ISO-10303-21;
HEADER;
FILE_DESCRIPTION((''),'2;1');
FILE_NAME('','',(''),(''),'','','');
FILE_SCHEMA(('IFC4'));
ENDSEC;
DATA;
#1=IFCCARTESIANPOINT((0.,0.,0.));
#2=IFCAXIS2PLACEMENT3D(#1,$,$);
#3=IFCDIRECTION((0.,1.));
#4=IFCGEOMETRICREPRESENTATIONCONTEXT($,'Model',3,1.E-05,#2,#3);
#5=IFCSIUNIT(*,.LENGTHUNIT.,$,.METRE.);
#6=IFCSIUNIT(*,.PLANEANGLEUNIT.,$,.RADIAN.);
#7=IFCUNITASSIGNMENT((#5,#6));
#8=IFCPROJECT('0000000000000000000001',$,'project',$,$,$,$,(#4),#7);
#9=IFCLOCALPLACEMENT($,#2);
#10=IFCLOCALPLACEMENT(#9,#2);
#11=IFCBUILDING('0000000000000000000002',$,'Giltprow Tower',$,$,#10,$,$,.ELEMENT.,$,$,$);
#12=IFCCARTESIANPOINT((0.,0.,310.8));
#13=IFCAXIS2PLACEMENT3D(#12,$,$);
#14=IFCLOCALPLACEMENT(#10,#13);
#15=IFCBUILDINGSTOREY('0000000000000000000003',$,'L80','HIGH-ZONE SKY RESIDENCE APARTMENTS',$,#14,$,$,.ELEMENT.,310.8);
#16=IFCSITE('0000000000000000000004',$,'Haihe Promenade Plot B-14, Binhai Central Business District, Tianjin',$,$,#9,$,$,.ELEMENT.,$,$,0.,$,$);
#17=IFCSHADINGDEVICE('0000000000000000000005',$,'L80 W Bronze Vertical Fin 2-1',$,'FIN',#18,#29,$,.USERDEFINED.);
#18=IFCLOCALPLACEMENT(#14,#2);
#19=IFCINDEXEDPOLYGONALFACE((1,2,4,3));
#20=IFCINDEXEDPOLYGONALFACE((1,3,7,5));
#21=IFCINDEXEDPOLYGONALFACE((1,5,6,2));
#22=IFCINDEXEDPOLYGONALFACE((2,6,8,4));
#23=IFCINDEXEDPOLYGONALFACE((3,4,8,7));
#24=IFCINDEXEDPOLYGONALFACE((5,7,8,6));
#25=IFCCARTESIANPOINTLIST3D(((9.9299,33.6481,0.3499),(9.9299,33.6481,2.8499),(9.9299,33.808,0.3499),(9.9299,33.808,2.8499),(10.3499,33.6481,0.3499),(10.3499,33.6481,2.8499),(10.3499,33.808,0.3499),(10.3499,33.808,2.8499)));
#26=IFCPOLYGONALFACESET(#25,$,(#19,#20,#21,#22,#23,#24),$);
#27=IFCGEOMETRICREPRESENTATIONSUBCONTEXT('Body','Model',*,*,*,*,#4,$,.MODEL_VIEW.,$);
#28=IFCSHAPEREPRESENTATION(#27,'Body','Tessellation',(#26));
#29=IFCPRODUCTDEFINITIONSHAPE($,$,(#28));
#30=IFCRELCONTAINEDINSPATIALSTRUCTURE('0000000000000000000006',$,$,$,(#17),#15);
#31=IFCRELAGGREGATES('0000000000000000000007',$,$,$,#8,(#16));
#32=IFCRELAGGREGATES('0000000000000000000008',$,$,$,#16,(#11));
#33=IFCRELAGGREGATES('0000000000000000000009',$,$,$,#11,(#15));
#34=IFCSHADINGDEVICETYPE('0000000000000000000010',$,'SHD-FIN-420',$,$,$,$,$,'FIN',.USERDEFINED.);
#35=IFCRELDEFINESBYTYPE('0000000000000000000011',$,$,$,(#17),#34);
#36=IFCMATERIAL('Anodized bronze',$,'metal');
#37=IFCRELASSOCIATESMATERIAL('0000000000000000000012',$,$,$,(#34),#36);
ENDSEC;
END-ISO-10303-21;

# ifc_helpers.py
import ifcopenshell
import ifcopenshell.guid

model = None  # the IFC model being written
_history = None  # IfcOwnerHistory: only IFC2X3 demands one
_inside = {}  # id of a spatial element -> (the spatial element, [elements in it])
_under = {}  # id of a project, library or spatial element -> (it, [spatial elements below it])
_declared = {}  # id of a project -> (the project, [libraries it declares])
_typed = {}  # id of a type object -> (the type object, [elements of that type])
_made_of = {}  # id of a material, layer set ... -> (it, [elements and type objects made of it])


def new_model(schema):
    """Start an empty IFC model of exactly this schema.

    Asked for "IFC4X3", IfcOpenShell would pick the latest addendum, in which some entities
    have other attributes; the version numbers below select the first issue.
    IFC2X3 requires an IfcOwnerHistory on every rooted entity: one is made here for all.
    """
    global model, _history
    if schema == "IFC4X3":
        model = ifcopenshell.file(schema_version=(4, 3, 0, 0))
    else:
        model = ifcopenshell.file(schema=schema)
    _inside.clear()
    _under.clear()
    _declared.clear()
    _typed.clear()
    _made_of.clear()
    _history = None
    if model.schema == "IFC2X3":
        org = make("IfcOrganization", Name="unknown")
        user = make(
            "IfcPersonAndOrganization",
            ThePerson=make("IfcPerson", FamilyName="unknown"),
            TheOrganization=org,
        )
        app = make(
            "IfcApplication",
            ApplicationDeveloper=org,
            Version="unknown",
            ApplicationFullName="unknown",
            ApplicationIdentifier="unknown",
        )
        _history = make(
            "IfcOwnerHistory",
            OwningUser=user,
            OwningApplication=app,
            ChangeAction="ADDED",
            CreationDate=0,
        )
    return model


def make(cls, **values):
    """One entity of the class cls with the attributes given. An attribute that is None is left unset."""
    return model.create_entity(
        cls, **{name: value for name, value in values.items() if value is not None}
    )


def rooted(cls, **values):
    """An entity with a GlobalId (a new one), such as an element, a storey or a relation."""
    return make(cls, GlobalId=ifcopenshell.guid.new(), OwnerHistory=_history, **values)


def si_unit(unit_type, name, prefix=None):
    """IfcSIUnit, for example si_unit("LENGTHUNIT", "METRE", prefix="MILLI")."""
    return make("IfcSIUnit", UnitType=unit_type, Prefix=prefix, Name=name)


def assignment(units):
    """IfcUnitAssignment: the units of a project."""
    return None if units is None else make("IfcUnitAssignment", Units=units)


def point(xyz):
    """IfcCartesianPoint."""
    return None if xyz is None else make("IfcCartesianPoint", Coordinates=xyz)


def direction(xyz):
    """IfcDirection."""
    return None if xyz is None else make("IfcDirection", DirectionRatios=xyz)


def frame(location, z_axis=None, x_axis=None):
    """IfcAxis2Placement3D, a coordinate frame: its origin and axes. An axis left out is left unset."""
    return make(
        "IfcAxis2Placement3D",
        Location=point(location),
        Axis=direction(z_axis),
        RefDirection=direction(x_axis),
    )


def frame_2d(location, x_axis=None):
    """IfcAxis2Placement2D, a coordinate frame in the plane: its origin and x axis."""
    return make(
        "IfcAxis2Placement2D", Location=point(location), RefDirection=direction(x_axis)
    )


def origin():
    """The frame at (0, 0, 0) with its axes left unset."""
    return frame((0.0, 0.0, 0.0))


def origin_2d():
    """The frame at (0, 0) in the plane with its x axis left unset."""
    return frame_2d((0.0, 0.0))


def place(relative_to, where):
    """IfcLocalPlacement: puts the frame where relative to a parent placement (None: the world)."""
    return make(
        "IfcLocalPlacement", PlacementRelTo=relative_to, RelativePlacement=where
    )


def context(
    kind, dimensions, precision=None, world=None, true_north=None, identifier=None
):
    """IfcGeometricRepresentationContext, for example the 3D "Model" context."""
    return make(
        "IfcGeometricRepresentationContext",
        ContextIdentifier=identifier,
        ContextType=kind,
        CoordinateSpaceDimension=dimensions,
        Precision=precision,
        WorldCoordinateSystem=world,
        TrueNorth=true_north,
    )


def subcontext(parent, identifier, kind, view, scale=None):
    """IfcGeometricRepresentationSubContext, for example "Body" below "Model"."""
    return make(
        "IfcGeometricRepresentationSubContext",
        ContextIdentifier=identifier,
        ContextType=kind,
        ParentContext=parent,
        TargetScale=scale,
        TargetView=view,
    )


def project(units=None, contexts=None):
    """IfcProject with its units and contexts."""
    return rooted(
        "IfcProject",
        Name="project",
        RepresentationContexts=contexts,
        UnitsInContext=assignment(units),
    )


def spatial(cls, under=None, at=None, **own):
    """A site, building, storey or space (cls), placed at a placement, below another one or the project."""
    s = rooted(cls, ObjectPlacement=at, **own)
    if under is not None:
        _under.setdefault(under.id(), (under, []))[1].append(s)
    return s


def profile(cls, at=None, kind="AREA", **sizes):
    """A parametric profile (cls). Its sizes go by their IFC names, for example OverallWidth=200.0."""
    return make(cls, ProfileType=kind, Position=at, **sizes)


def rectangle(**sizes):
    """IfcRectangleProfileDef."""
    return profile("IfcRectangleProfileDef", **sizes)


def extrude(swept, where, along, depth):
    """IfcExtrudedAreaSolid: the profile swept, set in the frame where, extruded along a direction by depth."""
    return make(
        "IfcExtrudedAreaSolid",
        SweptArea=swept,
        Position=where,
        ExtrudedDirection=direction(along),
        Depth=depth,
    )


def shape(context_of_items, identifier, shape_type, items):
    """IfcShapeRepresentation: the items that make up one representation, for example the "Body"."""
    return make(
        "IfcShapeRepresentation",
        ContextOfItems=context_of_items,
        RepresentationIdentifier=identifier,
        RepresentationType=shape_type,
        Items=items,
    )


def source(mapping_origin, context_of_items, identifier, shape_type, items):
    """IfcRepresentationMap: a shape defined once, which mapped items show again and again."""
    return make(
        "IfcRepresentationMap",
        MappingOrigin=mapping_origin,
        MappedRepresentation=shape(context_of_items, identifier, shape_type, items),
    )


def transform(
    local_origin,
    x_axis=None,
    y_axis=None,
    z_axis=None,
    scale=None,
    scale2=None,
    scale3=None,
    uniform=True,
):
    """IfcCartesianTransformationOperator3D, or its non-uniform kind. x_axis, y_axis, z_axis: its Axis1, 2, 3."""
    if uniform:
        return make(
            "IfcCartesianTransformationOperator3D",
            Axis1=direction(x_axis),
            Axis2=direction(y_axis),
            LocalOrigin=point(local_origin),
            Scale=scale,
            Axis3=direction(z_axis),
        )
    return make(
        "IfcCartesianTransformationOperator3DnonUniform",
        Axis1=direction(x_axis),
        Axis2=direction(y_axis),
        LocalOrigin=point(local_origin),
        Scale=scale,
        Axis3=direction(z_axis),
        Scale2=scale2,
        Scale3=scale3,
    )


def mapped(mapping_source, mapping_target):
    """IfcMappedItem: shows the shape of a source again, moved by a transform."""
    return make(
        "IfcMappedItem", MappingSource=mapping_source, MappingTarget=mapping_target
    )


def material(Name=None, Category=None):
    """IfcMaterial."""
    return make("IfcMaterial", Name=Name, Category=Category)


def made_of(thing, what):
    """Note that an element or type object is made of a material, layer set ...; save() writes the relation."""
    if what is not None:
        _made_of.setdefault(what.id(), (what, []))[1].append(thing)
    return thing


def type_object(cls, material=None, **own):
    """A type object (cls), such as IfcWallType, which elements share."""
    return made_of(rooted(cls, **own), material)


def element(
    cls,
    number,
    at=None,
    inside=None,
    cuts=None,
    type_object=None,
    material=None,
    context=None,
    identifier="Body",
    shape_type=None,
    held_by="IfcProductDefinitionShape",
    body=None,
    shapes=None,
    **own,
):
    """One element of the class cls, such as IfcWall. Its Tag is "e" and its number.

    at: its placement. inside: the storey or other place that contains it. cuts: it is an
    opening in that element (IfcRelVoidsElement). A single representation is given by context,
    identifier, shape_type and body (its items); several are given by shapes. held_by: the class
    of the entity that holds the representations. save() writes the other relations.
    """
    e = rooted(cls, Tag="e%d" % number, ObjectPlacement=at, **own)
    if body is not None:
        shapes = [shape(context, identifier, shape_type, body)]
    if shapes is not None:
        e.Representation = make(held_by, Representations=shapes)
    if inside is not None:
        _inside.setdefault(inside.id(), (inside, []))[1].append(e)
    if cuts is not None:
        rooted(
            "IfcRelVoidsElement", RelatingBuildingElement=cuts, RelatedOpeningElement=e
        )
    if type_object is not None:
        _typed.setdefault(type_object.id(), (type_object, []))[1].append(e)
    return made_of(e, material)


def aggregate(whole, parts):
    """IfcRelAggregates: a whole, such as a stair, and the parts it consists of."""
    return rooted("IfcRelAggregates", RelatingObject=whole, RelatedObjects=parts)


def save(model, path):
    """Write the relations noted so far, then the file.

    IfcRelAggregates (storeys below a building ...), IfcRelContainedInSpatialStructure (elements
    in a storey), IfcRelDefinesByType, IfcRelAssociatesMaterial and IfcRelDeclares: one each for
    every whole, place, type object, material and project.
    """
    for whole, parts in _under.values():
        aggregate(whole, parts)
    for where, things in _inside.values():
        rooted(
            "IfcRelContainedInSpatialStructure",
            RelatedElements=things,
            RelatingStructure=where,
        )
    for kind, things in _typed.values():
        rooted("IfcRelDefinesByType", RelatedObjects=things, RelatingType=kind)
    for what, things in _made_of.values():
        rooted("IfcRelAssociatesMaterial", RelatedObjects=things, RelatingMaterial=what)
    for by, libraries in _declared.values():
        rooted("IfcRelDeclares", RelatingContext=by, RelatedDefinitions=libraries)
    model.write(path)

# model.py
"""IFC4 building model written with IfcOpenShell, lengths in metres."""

from ifc_helpers import new_model, si_unit, direction, frame, origin, origin_2d, place, context, subcontext, project, spatial, rectangle, extrude, source, transform, mapped, material, type_object, element, save


model = new_model("IFC4")

# Units and contexts
model_context = context("Model", 3, precision=1e-05, world=origin(), true_north=direction((0.0, 1.0)))
body_context = subcontext(model_context, "Body", "Model", "MODEL_VIEW")
ifc_project = project(units=[si_unit("LENGTHUNIT", "METRE"), si_unit("PLANEANGLEUNIT", "RADIAN")], contexts=[model_context])

# Site, building, storey
site_placement = place(None, origin())
site = spatial("IfcSite", under=ifc_project, at=site_placement, Name="Haihe Promenade Plot B-14, Binhai Central Business District, Tianjin", CompositionType="ELEMENT", RefElevation=0.0)
building_placement = place(site_placement, origin())
building = spatial("IfcBuilding", under=site, at=building_placement, Name="Giltprow Tower", CompositionType="ELEMENT")
storey_placement = place(building_placement, frame((0.0, 0.0, 310.8)))
storey = spatial("IfcBuildingStorey", under=building, at=storey_placement, Name="L80", Description="HIGH-ZONE SKY RESIDENCE APARTMENTS", CompositionType="ELEMENT", Elevation=310.8)

# Shading device
ifc_material_1 = material(Name="Anodized bronze", Category="metal")
shading_device_type = type_object("IfcShadingDeviceType", Name="SHD-FIN-420", ElementType="FIN", PredefinedType="USERDEFINED", material=ifc_material_1)
shared_shape_1 = source(origin(), body_context, "Body", "SweptSolid", [
    extrude(rectangle(XDim=0.4199, YDim=0.1599, at=origin_2d()), origin(), (0.0, 0.0, 1.0), 2.5),
])
shading_device_placement = place(storey_placement, frame((10.1399, 33.728, 0.3499), z_axis=(0.0, 0.0, 1.0), x_axis=(1.0, 0.0, 0.0)))
element("IfcShadingDevice", 1, at=shading_device_placement, inside=storey, type_object=shading_device_type, Name="L80 W Bronze Vertical Fin 2-1", ObjectType="FIN", PredefinedType="USERDEFINED", context=body_context, shape_type="MappedRepresentation", body=[
    mapped(shared_shape_1, transform((0.0, 0.0, 0.0), x_axis=(1.0, 0.0, 0.0), y_axis=(0.0, 1.0, 0.0), z_axis=(0.0, 0.0, 1.0), scale=1.0)),
])

save(model, "model.ifc")
